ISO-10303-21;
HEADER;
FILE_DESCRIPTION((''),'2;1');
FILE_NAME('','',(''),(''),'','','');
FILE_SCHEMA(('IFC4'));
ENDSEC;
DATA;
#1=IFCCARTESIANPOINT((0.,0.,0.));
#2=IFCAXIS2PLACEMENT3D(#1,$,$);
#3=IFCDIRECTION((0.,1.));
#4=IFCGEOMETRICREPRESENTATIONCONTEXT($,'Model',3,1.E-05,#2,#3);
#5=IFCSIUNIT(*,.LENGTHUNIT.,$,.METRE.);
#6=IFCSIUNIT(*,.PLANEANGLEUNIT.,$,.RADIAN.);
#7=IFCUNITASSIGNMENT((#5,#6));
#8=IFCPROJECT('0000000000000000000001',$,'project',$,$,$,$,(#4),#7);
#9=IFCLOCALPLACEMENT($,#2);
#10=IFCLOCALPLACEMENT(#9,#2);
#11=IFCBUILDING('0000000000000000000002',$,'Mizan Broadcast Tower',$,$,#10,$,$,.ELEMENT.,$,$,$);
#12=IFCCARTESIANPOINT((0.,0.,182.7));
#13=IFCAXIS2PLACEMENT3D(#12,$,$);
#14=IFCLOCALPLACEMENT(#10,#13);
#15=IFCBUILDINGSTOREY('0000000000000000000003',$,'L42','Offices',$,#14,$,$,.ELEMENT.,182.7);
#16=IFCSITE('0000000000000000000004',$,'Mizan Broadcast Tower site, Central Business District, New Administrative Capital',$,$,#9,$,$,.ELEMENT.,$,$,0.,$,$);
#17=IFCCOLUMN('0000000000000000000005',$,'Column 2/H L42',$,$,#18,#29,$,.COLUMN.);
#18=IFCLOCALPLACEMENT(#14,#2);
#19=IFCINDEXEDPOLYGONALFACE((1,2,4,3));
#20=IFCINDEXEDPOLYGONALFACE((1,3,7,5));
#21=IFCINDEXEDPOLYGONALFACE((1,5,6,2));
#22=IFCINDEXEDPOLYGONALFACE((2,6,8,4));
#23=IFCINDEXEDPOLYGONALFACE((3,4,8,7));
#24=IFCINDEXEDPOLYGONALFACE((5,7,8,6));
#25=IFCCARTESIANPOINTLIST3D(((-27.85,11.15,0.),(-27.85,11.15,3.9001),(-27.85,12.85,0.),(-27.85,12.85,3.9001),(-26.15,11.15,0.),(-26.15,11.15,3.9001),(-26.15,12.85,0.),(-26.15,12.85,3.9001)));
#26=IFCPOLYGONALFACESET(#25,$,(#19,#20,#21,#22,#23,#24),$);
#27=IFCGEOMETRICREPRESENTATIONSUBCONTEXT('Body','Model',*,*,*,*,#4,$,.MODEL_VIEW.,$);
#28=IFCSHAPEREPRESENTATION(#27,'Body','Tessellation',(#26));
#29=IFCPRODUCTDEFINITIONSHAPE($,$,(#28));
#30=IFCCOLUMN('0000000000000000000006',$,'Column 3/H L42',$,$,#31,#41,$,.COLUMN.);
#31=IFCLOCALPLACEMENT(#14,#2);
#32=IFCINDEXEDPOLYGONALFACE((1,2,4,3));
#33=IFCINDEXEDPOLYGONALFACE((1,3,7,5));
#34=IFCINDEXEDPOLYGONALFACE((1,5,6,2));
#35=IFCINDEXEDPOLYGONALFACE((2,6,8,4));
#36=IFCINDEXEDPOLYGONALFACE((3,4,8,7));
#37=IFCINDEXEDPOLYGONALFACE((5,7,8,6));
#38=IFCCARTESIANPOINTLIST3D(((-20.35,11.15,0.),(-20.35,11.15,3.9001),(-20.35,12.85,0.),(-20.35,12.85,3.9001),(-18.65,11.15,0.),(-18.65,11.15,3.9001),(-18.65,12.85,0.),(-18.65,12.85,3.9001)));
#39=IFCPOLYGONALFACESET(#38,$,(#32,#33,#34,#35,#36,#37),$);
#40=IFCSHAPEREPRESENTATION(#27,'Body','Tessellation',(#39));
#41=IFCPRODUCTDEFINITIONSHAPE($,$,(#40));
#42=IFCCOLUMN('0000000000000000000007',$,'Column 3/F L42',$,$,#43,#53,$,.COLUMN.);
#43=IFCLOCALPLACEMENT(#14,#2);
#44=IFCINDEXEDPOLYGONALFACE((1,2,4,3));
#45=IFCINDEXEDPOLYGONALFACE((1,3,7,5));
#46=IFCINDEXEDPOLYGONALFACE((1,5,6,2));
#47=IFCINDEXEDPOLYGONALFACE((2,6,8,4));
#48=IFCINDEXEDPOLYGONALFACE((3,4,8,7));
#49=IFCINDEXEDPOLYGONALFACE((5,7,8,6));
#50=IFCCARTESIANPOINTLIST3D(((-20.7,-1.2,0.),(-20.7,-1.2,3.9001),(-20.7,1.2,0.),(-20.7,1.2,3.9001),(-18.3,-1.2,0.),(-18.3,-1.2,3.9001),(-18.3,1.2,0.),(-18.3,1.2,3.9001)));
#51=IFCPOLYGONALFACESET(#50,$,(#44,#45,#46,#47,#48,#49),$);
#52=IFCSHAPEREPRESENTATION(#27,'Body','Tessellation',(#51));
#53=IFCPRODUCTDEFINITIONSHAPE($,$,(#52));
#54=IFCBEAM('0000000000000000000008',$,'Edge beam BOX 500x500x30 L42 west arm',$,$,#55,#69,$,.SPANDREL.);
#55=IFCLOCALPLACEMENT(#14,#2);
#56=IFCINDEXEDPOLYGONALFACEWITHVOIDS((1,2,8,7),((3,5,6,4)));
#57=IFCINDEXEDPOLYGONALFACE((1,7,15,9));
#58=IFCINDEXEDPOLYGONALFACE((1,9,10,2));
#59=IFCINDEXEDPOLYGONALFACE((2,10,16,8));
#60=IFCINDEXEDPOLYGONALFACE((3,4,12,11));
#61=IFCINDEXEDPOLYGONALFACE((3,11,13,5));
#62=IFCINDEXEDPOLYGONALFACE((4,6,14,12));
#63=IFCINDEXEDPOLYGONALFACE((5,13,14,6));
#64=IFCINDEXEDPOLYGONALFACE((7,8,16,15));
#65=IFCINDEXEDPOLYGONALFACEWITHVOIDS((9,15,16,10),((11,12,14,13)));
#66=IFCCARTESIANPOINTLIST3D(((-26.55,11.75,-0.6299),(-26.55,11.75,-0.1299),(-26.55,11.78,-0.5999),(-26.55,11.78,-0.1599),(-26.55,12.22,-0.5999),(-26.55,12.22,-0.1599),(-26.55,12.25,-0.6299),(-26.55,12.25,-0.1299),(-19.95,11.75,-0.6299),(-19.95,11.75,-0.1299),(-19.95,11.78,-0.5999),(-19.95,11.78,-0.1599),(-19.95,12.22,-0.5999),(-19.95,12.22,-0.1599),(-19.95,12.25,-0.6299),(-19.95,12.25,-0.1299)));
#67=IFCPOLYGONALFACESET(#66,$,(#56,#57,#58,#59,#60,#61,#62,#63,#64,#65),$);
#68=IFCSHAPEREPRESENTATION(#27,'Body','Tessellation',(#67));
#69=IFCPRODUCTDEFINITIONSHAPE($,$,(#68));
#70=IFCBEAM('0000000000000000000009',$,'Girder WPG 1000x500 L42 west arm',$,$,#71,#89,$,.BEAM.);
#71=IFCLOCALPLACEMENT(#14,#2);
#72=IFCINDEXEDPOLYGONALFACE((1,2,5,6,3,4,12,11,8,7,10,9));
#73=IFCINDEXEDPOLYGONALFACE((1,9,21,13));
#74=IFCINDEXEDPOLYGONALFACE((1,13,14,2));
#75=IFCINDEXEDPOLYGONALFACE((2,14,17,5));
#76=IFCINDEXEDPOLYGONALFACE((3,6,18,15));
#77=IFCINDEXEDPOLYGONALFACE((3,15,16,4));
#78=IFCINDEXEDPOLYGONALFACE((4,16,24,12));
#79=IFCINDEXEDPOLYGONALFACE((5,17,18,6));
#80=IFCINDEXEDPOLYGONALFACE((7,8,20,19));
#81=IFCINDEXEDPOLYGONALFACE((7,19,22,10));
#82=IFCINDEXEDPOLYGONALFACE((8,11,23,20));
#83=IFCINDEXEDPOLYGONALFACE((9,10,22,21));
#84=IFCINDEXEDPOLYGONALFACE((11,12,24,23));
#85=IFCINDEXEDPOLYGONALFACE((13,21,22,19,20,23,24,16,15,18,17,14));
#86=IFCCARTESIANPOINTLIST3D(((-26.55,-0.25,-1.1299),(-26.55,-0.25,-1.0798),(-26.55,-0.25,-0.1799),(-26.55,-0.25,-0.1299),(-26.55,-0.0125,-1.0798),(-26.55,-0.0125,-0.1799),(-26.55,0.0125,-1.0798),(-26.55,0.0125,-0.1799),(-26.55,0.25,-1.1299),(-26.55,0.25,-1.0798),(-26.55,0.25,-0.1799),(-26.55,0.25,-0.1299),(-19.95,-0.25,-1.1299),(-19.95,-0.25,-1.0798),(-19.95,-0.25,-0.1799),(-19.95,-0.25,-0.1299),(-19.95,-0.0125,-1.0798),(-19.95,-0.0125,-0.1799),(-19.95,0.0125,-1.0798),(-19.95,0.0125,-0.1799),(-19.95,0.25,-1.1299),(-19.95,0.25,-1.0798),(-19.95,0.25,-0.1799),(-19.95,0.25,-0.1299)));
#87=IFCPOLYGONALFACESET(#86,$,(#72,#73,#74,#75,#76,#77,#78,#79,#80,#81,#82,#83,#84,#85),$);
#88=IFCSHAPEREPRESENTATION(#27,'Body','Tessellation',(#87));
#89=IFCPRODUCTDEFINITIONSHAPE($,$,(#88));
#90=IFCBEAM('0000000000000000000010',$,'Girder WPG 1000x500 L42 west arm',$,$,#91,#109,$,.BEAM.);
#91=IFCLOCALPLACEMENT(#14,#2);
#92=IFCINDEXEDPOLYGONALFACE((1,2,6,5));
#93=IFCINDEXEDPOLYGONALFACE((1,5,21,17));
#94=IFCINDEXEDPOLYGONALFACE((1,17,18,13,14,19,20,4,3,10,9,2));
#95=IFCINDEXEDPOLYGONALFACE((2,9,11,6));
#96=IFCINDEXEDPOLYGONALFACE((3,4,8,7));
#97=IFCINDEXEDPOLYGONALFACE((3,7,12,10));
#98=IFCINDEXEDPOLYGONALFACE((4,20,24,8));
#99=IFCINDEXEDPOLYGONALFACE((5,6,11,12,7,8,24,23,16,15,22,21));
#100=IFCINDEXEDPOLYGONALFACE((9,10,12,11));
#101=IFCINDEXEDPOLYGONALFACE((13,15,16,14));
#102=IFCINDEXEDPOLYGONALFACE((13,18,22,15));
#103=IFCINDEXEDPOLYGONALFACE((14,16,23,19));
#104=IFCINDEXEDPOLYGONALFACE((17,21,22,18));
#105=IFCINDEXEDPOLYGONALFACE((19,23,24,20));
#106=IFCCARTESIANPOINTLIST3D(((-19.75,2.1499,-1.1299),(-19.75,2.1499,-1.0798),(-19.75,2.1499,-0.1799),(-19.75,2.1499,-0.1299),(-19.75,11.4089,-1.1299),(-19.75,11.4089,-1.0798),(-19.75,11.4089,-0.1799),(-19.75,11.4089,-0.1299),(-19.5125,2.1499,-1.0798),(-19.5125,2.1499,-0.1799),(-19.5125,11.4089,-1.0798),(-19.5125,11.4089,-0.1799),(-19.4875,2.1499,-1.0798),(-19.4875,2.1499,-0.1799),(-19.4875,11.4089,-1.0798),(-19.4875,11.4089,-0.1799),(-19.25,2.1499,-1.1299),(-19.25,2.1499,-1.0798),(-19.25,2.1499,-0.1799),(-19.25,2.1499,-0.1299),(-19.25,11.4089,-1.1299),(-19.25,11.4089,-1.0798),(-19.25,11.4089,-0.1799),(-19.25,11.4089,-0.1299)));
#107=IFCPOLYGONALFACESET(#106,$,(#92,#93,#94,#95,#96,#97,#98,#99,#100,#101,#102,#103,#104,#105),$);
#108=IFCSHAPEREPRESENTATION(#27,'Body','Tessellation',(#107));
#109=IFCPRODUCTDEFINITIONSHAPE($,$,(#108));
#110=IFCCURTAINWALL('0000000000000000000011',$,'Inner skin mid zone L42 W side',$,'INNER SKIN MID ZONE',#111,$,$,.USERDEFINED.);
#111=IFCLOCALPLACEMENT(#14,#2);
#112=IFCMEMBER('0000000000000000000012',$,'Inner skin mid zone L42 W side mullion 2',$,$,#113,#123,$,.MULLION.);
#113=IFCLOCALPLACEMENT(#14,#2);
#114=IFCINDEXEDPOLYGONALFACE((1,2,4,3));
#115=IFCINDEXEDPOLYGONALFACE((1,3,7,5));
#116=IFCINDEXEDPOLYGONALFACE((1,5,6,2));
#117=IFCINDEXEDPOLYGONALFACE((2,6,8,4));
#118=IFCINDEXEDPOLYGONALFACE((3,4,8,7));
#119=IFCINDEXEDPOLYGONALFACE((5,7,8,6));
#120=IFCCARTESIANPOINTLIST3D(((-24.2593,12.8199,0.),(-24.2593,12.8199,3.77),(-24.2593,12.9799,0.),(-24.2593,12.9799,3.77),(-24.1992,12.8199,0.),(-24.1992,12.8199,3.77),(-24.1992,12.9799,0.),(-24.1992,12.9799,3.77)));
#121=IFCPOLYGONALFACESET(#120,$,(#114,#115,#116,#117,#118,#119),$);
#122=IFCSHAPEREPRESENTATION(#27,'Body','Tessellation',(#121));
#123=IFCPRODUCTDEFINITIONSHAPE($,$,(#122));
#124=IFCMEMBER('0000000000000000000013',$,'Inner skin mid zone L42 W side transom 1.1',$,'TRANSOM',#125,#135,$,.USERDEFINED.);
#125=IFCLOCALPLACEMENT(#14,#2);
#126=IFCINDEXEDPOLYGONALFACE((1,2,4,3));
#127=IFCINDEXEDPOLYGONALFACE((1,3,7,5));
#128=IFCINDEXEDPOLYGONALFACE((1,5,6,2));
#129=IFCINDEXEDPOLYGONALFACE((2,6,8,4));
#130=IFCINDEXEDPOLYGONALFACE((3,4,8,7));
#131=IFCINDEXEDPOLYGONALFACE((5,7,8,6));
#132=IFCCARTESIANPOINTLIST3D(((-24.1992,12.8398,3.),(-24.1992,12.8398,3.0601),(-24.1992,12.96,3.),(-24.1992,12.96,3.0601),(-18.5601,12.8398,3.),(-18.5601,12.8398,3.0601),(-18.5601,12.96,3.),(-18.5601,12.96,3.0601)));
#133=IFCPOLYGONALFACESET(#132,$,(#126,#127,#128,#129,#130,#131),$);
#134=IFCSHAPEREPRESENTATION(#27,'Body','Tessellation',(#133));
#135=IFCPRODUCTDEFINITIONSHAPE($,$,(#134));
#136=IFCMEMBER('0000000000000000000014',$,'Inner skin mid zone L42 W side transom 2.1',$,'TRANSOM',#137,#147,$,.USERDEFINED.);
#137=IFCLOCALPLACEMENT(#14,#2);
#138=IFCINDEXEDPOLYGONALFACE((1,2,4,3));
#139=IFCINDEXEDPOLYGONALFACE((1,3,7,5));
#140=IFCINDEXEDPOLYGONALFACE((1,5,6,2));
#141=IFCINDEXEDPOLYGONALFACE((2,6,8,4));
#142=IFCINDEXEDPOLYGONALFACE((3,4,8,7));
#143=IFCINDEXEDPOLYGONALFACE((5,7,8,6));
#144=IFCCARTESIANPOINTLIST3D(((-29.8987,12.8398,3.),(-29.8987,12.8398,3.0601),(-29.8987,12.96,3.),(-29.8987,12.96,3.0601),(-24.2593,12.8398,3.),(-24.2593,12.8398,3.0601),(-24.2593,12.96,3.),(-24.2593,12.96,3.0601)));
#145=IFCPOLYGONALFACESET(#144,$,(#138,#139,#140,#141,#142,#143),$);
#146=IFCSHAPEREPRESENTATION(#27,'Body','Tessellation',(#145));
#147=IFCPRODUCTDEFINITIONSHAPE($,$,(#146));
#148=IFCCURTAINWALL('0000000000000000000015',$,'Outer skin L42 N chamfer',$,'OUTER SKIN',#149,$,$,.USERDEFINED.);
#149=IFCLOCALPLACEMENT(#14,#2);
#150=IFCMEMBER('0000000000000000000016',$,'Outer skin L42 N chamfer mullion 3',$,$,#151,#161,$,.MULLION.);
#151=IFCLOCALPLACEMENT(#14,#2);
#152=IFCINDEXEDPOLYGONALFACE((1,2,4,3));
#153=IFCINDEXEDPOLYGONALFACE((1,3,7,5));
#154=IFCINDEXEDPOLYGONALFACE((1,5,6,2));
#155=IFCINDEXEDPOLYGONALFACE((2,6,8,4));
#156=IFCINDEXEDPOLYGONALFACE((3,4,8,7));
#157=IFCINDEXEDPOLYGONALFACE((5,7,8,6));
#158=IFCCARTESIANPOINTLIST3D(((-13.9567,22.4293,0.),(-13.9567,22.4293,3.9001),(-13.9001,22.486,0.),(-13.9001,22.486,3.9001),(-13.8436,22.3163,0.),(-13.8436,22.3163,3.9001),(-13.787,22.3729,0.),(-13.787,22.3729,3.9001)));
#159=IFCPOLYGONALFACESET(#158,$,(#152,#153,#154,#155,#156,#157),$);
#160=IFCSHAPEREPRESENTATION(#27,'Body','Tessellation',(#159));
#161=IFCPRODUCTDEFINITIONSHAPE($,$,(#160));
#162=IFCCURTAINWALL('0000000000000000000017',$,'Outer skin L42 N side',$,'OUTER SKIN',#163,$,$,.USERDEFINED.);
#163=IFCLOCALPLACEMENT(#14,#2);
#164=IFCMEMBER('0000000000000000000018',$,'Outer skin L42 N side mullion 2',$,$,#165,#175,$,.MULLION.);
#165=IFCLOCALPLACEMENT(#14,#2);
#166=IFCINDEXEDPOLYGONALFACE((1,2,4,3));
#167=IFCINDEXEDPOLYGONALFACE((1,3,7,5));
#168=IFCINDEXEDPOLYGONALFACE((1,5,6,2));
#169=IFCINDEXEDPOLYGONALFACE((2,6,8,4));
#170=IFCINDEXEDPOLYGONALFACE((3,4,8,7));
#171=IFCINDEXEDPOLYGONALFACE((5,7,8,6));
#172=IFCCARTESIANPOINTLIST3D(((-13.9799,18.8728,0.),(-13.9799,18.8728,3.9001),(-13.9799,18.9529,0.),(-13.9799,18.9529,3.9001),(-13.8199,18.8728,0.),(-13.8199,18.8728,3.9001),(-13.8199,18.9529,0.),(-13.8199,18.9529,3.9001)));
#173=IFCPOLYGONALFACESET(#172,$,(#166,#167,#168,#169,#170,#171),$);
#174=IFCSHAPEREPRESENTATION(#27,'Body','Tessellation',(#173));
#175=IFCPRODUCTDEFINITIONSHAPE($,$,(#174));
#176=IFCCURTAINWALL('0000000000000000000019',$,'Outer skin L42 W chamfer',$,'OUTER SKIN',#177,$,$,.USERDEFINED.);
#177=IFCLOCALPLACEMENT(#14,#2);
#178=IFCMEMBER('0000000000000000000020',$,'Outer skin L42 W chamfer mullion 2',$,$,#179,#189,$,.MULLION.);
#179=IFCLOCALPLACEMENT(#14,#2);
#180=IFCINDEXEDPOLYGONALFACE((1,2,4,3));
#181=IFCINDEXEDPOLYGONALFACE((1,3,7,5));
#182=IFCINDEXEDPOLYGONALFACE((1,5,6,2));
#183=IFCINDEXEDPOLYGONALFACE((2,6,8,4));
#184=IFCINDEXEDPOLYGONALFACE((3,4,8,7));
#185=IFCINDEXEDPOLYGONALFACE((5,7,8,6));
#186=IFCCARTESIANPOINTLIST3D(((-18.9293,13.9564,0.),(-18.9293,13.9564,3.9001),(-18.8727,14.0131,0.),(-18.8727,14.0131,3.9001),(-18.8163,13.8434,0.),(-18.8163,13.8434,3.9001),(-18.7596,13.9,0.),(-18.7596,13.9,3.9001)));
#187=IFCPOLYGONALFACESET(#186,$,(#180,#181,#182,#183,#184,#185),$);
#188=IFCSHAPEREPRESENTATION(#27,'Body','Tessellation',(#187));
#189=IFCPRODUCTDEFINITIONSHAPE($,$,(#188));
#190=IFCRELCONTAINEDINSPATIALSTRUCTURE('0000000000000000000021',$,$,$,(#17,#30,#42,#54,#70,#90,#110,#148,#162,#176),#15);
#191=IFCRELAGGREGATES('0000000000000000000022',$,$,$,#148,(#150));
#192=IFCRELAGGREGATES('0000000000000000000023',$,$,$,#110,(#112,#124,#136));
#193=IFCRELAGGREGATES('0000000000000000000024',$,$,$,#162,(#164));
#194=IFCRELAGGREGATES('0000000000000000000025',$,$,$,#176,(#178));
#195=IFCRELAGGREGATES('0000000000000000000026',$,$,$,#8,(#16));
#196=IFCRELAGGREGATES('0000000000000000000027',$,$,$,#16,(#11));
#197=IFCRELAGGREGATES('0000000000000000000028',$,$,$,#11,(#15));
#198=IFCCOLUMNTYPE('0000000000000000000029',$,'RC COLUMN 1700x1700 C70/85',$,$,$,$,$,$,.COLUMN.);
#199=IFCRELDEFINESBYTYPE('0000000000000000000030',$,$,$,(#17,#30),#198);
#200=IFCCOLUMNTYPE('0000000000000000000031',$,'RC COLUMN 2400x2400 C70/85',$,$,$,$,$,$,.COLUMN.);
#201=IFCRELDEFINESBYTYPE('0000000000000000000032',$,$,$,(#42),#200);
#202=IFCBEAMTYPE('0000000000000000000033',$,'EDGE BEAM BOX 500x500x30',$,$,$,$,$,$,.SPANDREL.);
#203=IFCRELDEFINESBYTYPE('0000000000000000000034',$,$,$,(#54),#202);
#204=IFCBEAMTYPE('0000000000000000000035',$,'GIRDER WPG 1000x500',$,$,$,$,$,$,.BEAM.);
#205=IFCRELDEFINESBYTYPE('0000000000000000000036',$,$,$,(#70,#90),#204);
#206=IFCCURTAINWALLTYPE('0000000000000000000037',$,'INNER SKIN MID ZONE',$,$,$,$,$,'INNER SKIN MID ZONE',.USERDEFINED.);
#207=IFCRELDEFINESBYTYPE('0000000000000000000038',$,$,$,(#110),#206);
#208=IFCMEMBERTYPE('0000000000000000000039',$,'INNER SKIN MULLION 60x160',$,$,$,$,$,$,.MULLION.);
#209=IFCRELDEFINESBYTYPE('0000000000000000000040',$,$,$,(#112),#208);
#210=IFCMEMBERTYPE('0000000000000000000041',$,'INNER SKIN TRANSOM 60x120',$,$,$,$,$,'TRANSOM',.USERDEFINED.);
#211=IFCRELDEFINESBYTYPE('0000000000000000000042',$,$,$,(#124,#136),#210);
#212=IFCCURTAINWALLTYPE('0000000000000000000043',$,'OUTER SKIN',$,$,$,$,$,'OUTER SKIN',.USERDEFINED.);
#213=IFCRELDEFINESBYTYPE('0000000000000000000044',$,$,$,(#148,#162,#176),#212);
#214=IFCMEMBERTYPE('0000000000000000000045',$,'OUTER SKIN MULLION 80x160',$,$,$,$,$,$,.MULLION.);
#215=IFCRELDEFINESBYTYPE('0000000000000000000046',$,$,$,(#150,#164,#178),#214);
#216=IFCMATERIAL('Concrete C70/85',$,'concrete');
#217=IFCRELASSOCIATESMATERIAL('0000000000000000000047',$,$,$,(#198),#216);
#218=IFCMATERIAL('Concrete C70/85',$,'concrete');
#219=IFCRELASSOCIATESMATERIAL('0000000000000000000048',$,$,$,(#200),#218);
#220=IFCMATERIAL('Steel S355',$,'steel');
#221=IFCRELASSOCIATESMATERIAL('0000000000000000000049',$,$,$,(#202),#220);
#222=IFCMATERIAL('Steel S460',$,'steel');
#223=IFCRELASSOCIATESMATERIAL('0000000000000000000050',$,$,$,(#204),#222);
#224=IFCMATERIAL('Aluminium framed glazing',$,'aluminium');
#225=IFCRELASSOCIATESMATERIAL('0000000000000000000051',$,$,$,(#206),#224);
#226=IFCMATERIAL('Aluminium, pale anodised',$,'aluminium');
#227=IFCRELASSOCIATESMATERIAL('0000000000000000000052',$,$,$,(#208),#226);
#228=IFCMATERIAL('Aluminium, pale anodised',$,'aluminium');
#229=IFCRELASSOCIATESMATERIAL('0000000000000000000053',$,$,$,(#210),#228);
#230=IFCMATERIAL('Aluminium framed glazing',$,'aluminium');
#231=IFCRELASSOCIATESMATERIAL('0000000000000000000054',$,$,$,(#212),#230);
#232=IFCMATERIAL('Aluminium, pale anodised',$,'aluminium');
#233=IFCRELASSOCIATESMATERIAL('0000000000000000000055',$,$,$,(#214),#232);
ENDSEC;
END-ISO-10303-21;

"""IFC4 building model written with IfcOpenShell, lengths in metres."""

from ifc_helpers import new_model, si_unit, direction, frame, origin, origin_2d, place, context, subcontext, project, spatial, rectangle, hollow_rectangle, i_section, extrude, material, material_profile, profile_set, type_object, element, aggregate, save


model = new_model("IFC4")

# Units and contexts
model_context = context("Model", 3, precision=1e-05, world=origin(), true_north=direction((0.0, 1.0)))
body_context = subcontext(model_context, "Body", "Model", "MODEL_VIEW")
ifc_project = project(units=[si_unit("LENGTHUNIT", "METRE"), si_unit("PLANEANGLEUNIT", "RADIAN")], contexts=[model_context])

# Site, building, storey
site_placement = place(None, origin())
site = spatial("IfcSite", under=ifc_project, at=site_placement, Name="Mizan Broadcast Tower site, Central Business District, New Administrative Capital", CompositionType="ELEMENT", RefElevation=0.0)
building_placement = place(site_placement, origin())
building = spatial("IfcBuilding", under=site, at=building_placement, Name="Mizan Broadcast Tower", CompositionType="ELEMENT")
storey_placement = place(building_placement, frame((0.0, 0.0, 182.7)))
storey = spatial("IfcBuildingStorey", under=building, at=storey_placement, Name="L42", Description="Offices", CompositionType="ELEMENT", Elevation=182.7)

# Columns
ifc_material_1 = material(Name="Concrete C70/85", Category="concrete")
ifc_material_profile_1 = material_profile(ifc_material_1, rectangle(XDim=1.7, YDim=1.7, at=origin_2d()), Name="RC 1700x1700")
ifc_profile_set_1 = profile_set([ifc_material_profile_1], Name="Concrete C70/85")
column_type_1 = type_object("IfcColumnType", Name="RC COLUMN 1700x1700 C70/85", PredefinedType="COLUMN", material=ifc_profile_set_1)
for number, where, z_axis, x_axis, name in (
    (1, (-27.0, 12.0, 0.0), (0.0, 0.0, 1.0), (1.0, 0.0, 0.0), "Column 2/H L42"),
    (2, (-19.5, 12.0, 0.0), (0.0, 0.0, 1.0), (1.0, 0.0, 0.0), "Column 3/H L42"),
):
    element("IfcColumn", number, at=place(storey_placement, frame(where, z_axis=z_axis, x_axis=x_axis)), inside=storey, type_object=column_type_1, Name=name, PredefinedType="COLUMN", context=body_context, shape_type="SweptSolid", body=[
        extrude(rectangle(XDim=1.7, YDim=1.7, at=origin_2d()), origin(), (0.0, 0.0, 1.0), 3.9001),
    ])
ifc_material_2 = material(Name="Concrete C70/85", Category="concrete")
ifc_material_profile_2 = material_profile(ifc_material_2, rectangle(XDim=2.3999, YDim=2.3999, at=origin_2d()), Name="RC 2400x2400")
ifc_profile_set_2 = profile_set([ifc_material_profile_2], Name="Concrete C70/85")
column_type_2 = type_object("IfcColumnType", Name="RC COLUMN 2400x2400 C70/85", PredefinedType="COLUMN", material=ifc_profile_set_2)
column_placement = place(storey_placement, frame((-19.5, 0.0, 0.0), z_axis=(0.0, 0.0, 1.0), x_axis=(1.0, 0.0, 0.0)))
element("IfcColumn", 3, at=column_placement, inside=storey, type_object=column_type_2, Name="Column 3/F L42", PredefinedType="COLUMN", context=body_context, shape_type="SweptSolid", body=[
    extrude(rectangle(XDim=2.3999, YDim=2.3999, at=origin_2d()), origin(), (0.0, 0.0, 1.0), 3.9001),
])

# Beams
ifc_material_3 = material(Name="Steel S355", Category="steel")
ifc_material_profile_3 = material_profile(ifc_material_3, hollow_rectangle(XDim=0.5, YDim=0.5, WallThickness=0.03, at=origin_2d()), Name="BOX 500x500x30")
ifc_profile_set_3 = profile_set([ifc_material_profile_3], Name="Steel S355")
beam_type_1 = type_object("IfcBeamType", Name="EDGE BEAM BOX 500x500x30", PredefinedType="SPANDREL", material=ifc_profile_set_3)
beam_1_placement = place(storey_placement, frame((-19.95, 12.0, -0.3799), z_axis=(-1.0, 0.0, 0.0), x_axis=(0.0, -1.0, 0.0)))
element("IfcBeam", 4, at=beam_1_placement, inside=storey, type_object=beam_type_1, Name="Edge beam BOX 500x500x30 L42 west arm", PredefinedType="SPANDREL", context=body_context, shape_type="SweptSolid", body=[
    extrude(hollow_rectangle(XDim=0.5, YDim=0.5, WallThickness=0.03, at=origin_2d()), origin(), (0.0, 0.0, 1.0), 6.6001),
])
ifc_material_4 = material(Name="Steel S460", Category="steel")
ifc_material_profile_4 = material_profile(ifc_material_4, i_section(OverallWidth=0.5, OverallDepth=1.0, WebThickness=0.0249, FlangeThickness=0.05, at=origin_2d()), Name="WPG 1000x500")
ifc_profile_set_4 = profile_set([ifc_material_profile_4], Name="Steel S460")
beam_type_2 = type_object("IfcBeamType", Name="GIRDER WPG 1000x500", PredefinedType="BEAM", material=ifc_profile_set_4)
beam_2_placement = place(storey_placement, frame((-19.95, 0.0, -0.6299), z_axis=(-1.0, 0.0, 0.0), x_axis=(0.0, -1.0, 0.0)))
element("IfcBeam", 5, at=beam_2_placement, inside=storey, type_object=beam_type_2, Name="Girder WPG 1000x500 L42 west arm", PredefinedType="BEAM", context=body_context, shape_type="SweptSolid", body=[
    extrude(i_section(OverallWidth=0.5, OverallDepth=1.0, WebThickness=0.0249, FlangeThickness=0.05, at=origin_2d()), origin(), (0.0, 0.0, 1.0), 6.6001),
])
beam_3_placement = place(storey_placement, frame((-19.5, 11.4089, -0.6299), z_axis=(0.0, -1.0, 0.0), x_axis=(1.0, 0.0, 0.0)))
element("IfcBeam", 6, at=beam_3_placement, inside=storey, type_object=beam_type_2, Name="Girder WPG 1000x500 L42 west arm", PredefinedType="BEAM", context=body_context, shape_type="SweptSolid", body=[
    extrude(i_section(OverallWidth=0.5, OverallDepth=1.0, WebThickness=0.0249, FlangeThickness=0.05, at=origin_2d()), origin(), (0.0, 0.0, 1.0), 9.259),
])

# Curtain wall, members
ifc_material_5 = material(Name="Aluminium framed glazing", Category="aluminium")
curtain_wall_type_1 = type_object("IfcCurtainWallType", Name="INNER SKIN MID ZONE", ElementType="INNER SKIN MID ZONE", PredefinedType="USERDEFINED", material=ifc_material_5)
curtain_wall_1_placement = place(storey_placement, origin())
curtain_wall_1 = element("IfcCurtainWall", 7, at=curtain_wall_1_placement, inside=storey, type_object=curtain_wall_type_1, Name="Inner skin mid zone L42 W side", ObjectType="INNER SKIN MID ZONE", PredefinedType="USERDEFINED")
ifc_material_6 = material(Name="Aluminium, pale anodised", Category="aluminium")
ifc_material_profile_5 = material_profile(ifc_material_6, rectangle(XDim=0.1599, YDim=0.0601, at=origin_2d()), Name="MULLION 160x60")
ifc_profile_set_5 = profile_set([ifc_material_profile_5], Name="Aluminium, pale anodised")
member_type_1 = type_object("IfcMemberType", Name="INNER SKIN MULLION 60x160", PredefinedType="MULLION", material=ifc_profile_set_5)
member_1_placement = place(storey_placement, frame((-24.2292, 12.8999, 0.0), z_axis=(0.0, 0.0, 1.0), x_axis=(0.0, -1.0, 0.0)))
member_1 = element("IfcMember", 8, at=member_1_placement, type_object=member_type_1, Name="Inner skin mid zone L42 W side mullion 2", PredefinedType="MULLION", context=body_context, shape_type="SweptSolid", body=[
    extrude(rectangle(XDim=0.1599, YDim=0.0601, at=origin_2d()), origin(), (0.0, 0.0, 1.0), 3.77),
])
ifc_material_7 = material(Name="Aluminium, pale anodised", Category="aluminium")
ifc_material_profile_6 = material_profile(ifc_material_7, rectangle(XDim=0.1201, YDim=0.0601, at=origin_2d()), Name="TRANSOM 120x60")
ifc_profile_set_6 = profile_set([ifc_material_profile_6], Name="Aluminium, pale anodised")
member_type_2 = type_object("IfcMemberType", Name="INNER SKIN TRANSOM 60x120", ElementType="TRANSOM", PredefinedType="USERDEFINED", material=ifc_profile_set_6)
member_2_placement = place(storey_placement, frame((-18.5601, 12.8999, 3.03), z_axis=(-1.0, 0.0, 0.0), x_axis=(0.0, -1.0, 0.0)))
member_2 = element("IfcMember", 9, at=member_2_placement, type_object=member_type_2, Name="Inner skin mid zone L42 W side transom 1.1", ObjectType="TRANSOM", PredefinedType="USERDEFINED", context=body_context, shape_type="SweptSolid", body=[
    extrude(rectangle(XDim=0.1201, YDim=0.0601, at=origin_2d()), origin(), (0.0, 0.0, 1.0), 5.6392),
])
member_3_placement = place(storey_placement, frame((-24.2593, 12.8999, 3.03), z_axis=(-1.0, 0.0, 0.0), x_axis=(0.0, -1.0, 0.0)))
member_3 = element("IfcMember", 10, at=member_3_placement, type_object=member_type_2, Name="Inner skin mid zone L42 W side transom 2.1", ObjectType="TRANSOM", PredefinedType="USERDEFINED", context=body_context, shape_type="SweptSolid", body=[
    extrude(rectangle(XDim=0.1201, YDim=0.0601, at=origin_2d()), origin(), (0.0, 0.0, 1.0), 5.6394),
])

# Curtain walls, members
ifc_material_8 = material(Name="Aluminium framed glazing", Category="aluminium")
curtain_wall_type_2 = type_object("IfcCurtainWallType", Name="OUTER SKIN", ElementType="OUTER SKIN", PredefinedType="USERDEFINED", material=ifc_material_8)
curtain_wall_2_placement = place(storey_placement, origin())
curtain_wall_2 = element("IfcCurtainWall", 11, at=curtain_wall_2_placement, inside=storey, type_object=curtain_wall_type_2, Name="Outer skin L42 N chamfer", ObjectType="OUTER SKIN", PredefinedType="USERDEFINED")
ifc_material_9 = material(Name="Aluminium, pale anodised", Category="aluminium")
ifc_material_profile_7 = material_profile(ifc_material_9, rectangle(XDim=0.1599, YDim=0.0801, at=origin_2d()), Name="MULLION 160x80")
ifc_profile_set_7 = profile_set([ifc_material_profile_7], Name="Aluminium, pale anodised")
member_type_3 = type_object("IfcMemberType", Name="OUTER SKIN MULLION 80x160", PredefinedType="MULLION", material=ifc_profile_set_7)
member_4_placement = place(storey_placement, frame((-13.8718, 22.4011, 0.0), z_axis=(0.0, 0.0, 1.0), x_axis=(0.707107, -0.707107, 0.0)))
member_4 = element("IfcMember", 12, at=member_4_placement, type_object=member_type_3, Name="Outer skin L42 N chamfer mullion 3", PredefinedType="MULLION", context=body_context, shape_type="SweptSolid", body=[
    extrude(rectangle(XDim=0.1599, YDim=0.0801, at=origin_2d()), origin(), (0.0, 0.0, 1.0), 3.9001),
])
aggregate(curtain_wall_2, [member_4])
curtain_wall_3_placement = place(storey_placement, origin())
curtain_wall_3 = element("IfcCurtainWall", 13, at=curtain_wall_3_placement, inside=storey, type_object=curtain_wall_type_2, Name="Outer skin L42 N side", ObjectType="OUTER SKIN", PredefinedType="USERDEFINED")
member_5_placement = place(storey_placement, frame((-13.8999, 18.9128, 0.0), z_axis=(0.0, 0.0, 1.0), x_axis=(1.0, 0.0, 0.0)))
member_5 = element("IfcMember", 14, at=member_5_placement, type_object=member_type_3, Name="Outer skin L42 N side mullion 2", PredefinedType="MULLION", context=body_context, shape_type="SweptSolid", body=[
    extrude(rectangle(XDim=0.1599, YDim=0.0801, at=origin_2d()), origin(), (0.0, 0.0, 1.0), 3.9001),
])
curtain_wall_4_placement = place(storey_placement, origin())
curtain_wall_4 = element("IfcCurtainWall", 15, at=curtain_wall_4_placement, inside=storey, type_object=curtain_wall_type_2, Name="Outer skin L42 W chamfer", ObjectType="OUTER SKIN", PredefinedType="USERDEFINED")
member_6_placement = place(storey_placement, frame((-18.8445, 13.9282, 0.0), z_axis=(0.0, 0.0, 1.0), x_axis=(0.707107, -0.707107, 0.0)))
member_6 = element("IfcMember", 16, at=member_6_placement, type_object=member_type_3, Name="Outer skin L42 W chamfer mullion 2", PredefinedType="MULLION", context=body_context, shape_type="SweptSolid", body=[
    extrude(rectangle(XDim=0.1599, YDim=0.0801, at=origin_2d()), origin(), (0.0, 0.0, 1.0), 3.9001),
])

aggregate(curtain_wall_1, [member_1, member_2, member_3])
aggregate(curtain_wall_3, [member_5])
aggregate(curtain_wall_4, [member_6])

save(model, "model.ifc")
